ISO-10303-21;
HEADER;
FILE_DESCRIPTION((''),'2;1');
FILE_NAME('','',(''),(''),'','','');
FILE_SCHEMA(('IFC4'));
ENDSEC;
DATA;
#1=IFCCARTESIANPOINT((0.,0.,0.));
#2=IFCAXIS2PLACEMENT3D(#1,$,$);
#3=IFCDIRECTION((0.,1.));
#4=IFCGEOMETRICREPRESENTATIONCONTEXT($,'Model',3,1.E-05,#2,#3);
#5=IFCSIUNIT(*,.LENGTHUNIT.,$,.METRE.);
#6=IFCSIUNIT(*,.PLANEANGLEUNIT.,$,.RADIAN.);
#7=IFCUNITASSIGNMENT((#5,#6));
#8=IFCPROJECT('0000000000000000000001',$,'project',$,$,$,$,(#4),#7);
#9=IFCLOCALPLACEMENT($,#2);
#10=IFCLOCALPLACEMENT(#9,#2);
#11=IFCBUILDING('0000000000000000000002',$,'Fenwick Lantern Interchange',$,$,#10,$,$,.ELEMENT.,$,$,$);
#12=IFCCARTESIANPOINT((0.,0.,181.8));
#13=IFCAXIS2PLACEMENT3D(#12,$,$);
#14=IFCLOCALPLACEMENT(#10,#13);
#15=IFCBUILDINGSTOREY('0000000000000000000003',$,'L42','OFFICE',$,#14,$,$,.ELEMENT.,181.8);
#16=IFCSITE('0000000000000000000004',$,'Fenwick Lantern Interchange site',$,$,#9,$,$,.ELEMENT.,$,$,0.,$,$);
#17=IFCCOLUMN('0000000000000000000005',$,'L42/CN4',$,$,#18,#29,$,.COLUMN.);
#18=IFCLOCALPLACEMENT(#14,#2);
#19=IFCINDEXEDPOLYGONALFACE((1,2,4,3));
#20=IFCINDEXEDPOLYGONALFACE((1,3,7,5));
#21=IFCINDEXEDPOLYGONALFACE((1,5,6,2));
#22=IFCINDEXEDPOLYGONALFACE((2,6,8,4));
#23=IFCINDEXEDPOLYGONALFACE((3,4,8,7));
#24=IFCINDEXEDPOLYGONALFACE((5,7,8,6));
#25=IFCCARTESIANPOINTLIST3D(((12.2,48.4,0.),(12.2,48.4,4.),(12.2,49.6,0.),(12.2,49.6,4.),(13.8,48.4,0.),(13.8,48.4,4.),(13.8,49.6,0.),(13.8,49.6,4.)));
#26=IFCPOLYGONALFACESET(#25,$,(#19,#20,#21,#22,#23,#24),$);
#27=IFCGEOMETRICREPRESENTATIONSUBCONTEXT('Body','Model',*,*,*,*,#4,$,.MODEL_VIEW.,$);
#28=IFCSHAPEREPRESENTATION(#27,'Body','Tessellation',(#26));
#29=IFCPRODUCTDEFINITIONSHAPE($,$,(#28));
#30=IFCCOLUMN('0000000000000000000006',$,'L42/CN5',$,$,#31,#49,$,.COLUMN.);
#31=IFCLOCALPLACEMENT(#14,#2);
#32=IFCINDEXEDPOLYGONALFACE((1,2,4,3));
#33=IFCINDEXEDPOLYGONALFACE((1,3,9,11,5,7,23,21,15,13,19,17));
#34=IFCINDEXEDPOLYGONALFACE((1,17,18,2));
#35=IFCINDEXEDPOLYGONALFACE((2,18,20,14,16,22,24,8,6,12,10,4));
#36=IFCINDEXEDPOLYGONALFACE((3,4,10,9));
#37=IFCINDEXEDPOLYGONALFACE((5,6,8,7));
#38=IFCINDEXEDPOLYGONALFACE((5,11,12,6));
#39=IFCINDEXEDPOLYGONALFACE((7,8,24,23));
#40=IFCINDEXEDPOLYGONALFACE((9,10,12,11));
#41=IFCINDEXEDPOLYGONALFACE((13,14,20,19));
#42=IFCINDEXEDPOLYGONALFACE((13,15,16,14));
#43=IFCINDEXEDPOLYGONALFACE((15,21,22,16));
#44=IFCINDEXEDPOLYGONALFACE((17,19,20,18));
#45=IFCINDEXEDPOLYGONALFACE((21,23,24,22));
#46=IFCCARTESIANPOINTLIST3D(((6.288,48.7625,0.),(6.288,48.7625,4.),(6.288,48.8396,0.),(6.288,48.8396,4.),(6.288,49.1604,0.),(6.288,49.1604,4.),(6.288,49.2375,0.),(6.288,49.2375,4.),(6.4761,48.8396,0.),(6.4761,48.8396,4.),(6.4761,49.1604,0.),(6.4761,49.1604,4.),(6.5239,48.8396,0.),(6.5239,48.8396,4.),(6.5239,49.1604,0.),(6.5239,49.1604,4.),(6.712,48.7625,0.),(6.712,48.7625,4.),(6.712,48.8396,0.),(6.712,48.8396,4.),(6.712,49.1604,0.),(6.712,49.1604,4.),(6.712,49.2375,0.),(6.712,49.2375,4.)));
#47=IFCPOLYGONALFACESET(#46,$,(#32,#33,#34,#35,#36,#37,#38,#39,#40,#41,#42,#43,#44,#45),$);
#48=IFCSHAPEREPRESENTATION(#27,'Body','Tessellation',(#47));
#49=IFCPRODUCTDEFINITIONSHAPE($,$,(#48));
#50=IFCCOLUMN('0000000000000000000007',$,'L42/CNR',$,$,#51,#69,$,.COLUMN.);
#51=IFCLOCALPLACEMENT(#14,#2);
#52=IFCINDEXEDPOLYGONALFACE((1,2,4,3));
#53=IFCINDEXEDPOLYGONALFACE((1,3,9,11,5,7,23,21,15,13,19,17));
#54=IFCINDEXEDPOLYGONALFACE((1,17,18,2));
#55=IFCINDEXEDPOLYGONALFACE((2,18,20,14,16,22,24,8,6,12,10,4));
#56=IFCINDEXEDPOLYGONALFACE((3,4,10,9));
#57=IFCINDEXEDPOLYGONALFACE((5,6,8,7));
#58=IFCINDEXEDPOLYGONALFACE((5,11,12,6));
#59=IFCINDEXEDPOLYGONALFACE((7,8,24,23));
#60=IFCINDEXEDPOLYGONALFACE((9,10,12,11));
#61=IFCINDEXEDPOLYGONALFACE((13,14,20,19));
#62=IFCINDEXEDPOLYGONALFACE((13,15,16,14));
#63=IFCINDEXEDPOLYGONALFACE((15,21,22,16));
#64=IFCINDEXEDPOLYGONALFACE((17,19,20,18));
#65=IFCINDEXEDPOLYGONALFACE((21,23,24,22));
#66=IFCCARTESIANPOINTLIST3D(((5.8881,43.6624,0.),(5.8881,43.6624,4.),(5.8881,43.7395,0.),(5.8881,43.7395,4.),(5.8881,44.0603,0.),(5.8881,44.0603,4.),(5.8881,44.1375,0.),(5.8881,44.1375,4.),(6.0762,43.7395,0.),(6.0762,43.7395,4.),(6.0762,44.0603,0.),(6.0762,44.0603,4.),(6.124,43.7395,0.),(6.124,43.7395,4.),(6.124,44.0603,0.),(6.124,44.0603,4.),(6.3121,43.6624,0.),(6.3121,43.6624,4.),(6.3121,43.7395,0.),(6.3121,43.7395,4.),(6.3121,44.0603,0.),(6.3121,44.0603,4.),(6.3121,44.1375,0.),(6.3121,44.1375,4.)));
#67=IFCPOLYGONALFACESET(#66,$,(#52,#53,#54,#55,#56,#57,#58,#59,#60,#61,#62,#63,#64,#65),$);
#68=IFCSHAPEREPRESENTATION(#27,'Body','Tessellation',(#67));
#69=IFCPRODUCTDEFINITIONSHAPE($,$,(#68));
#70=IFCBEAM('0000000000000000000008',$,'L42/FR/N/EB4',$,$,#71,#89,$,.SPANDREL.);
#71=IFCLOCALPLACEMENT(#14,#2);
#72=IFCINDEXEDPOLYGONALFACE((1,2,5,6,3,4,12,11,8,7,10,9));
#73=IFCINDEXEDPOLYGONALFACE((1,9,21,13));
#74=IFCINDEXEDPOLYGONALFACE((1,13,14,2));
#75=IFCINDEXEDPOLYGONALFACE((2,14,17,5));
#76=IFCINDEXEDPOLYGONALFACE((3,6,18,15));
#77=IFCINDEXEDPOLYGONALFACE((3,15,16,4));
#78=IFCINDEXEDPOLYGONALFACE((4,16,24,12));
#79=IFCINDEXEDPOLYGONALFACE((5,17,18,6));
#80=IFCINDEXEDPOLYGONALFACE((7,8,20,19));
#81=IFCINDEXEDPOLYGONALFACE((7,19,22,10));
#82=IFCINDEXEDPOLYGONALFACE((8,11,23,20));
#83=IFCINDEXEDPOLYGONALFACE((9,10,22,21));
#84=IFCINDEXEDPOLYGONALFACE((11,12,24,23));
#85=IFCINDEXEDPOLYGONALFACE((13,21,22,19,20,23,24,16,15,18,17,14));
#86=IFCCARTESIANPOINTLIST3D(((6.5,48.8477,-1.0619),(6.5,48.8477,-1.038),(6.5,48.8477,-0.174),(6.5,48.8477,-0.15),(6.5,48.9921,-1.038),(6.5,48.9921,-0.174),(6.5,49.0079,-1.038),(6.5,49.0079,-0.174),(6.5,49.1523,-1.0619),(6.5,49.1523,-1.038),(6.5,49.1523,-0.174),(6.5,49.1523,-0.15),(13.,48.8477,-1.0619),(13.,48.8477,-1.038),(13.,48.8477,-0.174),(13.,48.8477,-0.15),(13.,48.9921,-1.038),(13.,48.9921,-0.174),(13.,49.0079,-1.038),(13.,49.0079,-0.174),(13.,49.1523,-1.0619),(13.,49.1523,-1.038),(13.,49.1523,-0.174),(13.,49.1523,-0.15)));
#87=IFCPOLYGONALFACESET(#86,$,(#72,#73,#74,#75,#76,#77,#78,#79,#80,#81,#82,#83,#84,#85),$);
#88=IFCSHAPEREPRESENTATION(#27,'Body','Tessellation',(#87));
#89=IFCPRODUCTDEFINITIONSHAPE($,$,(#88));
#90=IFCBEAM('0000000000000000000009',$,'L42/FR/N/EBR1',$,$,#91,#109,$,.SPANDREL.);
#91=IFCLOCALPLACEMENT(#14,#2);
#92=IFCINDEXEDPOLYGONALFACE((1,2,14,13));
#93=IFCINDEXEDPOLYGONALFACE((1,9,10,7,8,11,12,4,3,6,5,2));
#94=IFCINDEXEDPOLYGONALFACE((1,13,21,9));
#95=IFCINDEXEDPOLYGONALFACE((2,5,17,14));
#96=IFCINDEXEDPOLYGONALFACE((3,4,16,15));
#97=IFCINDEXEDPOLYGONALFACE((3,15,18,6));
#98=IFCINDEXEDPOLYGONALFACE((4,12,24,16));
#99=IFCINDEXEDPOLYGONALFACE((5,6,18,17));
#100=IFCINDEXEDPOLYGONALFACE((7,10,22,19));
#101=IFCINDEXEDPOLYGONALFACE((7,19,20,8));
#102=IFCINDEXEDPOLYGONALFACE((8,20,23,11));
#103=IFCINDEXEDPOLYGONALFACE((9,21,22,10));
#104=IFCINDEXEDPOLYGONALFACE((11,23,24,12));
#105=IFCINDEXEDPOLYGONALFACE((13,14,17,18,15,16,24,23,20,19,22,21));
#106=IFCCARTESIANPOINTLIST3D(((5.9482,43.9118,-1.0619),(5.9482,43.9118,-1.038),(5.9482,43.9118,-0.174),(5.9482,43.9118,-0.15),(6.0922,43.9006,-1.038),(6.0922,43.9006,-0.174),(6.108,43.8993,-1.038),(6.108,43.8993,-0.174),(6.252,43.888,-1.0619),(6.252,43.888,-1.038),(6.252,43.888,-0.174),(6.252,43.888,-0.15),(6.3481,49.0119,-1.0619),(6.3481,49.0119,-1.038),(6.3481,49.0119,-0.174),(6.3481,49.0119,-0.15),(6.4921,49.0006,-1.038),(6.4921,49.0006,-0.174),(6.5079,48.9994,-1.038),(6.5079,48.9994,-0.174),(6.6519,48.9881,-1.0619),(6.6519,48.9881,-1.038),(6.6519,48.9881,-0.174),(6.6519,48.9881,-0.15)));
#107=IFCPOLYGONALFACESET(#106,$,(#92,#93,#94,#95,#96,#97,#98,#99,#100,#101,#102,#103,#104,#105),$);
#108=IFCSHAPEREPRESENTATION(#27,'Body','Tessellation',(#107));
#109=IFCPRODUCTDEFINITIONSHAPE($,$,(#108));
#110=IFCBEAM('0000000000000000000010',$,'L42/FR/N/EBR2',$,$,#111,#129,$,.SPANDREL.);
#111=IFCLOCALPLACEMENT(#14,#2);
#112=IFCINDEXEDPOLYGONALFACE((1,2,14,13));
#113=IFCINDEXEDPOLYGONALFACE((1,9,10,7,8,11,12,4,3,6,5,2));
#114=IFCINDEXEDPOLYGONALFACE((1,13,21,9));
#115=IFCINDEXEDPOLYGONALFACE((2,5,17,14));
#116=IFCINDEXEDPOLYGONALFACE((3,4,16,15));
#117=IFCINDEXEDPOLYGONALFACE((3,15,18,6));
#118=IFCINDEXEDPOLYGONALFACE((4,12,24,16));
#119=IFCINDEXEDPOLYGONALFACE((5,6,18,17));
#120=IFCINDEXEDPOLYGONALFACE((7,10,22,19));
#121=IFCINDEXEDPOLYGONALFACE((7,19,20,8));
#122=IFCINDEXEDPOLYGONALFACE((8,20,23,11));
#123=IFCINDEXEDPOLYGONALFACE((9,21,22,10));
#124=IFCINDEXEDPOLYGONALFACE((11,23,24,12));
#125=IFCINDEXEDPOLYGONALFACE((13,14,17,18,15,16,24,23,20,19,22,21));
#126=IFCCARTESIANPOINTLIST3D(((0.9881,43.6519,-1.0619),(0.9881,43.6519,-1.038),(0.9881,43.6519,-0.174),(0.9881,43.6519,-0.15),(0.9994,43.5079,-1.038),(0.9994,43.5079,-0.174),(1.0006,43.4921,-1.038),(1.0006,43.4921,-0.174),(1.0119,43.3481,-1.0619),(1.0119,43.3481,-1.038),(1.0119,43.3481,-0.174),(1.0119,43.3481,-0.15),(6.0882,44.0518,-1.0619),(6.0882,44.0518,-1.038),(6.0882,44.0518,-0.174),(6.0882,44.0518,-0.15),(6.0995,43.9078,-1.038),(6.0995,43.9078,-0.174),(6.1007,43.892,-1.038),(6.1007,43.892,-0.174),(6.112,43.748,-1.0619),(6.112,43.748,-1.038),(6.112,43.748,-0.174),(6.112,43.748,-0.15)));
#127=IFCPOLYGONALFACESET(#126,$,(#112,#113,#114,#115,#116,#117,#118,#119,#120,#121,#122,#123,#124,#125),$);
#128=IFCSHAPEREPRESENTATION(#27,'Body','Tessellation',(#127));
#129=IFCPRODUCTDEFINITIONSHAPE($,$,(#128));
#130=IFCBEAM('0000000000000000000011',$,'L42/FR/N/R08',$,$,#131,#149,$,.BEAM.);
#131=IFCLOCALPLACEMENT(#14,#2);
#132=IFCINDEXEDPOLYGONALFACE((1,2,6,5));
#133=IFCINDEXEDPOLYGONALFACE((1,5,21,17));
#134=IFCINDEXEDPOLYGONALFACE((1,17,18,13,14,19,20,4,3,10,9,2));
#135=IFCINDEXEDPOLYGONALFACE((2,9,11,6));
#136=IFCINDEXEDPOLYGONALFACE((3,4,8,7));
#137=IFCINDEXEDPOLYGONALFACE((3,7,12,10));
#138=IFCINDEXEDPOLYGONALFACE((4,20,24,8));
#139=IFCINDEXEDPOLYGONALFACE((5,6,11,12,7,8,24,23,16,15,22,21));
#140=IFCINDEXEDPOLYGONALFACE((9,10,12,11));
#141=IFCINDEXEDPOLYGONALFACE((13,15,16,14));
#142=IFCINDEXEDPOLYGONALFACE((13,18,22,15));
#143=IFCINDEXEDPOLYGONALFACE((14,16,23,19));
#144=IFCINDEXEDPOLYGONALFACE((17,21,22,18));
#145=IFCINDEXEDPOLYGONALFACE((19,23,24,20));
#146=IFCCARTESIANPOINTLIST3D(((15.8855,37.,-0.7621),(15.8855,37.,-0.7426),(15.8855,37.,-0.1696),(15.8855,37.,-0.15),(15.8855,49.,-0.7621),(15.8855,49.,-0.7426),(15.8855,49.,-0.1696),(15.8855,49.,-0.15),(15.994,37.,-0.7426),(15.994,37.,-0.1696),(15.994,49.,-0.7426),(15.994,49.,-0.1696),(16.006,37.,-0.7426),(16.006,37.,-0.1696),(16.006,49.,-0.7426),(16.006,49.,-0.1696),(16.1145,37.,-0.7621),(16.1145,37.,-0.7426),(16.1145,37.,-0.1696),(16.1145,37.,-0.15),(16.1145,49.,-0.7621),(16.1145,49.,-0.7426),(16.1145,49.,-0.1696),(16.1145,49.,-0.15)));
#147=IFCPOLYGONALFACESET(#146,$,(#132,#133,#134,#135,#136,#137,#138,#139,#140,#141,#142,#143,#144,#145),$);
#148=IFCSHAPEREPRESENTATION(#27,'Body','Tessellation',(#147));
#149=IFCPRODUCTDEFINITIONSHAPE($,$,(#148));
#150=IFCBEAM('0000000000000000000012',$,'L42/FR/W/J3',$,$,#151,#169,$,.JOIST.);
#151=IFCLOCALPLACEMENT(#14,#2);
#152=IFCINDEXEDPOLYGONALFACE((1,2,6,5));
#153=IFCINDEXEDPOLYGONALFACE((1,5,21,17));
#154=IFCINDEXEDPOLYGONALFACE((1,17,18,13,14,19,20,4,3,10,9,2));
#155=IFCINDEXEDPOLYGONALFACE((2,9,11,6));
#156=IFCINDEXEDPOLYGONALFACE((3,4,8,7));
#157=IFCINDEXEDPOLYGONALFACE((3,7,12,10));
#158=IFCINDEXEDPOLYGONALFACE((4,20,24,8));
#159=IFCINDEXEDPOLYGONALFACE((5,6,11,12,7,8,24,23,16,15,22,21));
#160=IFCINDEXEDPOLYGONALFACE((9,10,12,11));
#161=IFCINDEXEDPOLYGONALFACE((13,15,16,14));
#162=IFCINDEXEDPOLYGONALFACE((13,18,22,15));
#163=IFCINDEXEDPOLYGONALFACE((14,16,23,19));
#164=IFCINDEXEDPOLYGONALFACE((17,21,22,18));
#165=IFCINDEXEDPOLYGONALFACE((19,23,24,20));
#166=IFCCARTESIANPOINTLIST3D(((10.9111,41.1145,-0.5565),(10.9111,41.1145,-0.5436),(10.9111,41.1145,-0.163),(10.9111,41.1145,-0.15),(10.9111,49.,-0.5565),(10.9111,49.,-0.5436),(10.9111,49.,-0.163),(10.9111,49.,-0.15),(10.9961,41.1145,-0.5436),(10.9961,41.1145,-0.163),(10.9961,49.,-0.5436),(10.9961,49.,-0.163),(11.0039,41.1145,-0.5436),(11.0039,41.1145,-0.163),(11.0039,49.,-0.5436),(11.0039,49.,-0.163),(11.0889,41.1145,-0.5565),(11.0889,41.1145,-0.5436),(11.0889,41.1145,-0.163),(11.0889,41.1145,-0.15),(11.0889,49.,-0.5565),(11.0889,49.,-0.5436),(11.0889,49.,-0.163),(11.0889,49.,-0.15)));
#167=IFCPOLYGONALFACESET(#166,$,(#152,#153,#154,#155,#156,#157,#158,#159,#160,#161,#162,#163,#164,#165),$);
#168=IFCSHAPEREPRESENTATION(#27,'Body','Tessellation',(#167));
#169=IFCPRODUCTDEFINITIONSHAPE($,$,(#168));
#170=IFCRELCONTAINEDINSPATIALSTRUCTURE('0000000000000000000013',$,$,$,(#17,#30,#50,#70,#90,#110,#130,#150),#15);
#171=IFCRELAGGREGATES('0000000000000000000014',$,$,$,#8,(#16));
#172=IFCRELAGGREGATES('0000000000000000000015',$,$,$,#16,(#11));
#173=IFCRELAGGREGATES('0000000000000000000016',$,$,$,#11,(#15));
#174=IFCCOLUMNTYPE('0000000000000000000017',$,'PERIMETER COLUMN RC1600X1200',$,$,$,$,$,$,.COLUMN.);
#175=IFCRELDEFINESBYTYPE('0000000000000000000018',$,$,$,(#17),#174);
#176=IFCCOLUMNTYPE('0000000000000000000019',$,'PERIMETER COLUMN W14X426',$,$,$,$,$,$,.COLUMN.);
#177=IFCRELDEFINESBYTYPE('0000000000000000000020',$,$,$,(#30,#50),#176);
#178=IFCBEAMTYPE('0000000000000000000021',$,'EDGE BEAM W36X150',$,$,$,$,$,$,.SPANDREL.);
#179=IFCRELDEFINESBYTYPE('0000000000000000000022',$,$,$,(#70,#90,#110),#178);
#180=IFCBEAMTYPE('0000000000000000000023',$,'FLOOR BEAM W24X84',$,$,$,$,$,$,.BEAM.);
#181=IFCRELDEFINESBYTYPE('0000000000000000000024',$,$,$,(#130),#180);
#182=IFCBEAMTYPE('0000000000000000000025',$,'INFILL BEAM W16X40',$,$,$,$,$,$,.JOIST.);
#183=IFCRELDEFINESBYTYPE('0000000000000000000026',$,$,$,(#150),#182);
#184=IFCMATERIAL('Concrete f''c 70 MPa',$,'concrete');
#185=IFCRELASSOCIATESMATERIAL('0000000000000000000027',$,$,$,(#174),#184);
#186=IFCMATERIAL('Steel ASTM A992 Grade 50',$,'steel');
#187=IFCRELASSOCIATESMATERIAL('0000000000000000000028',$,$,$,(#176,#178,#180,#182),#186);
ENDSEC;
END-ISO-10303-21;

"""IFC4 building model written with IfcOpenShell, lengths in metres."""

from ifc_helpers import new_model, si_unit, direction, frame, origin, origin_2d, place, context, subcontext, project, spatial, rectangle, i_section, extrude, material, material_profile, profile_set, type_object, element, save


model = new_model("IFC4")

# Units and contexts
model_context = context("Model", 3, precision=1e-05, world=origin(), true_north=direction((0.0, 1.0)))
body_context = subcontext(model_context, "Body", "Model", "MODEL_VIEW")
ifc_project = project(units=[si_unit("LENGTHUNIT", "METRE"), si_unit("PLANEANGLEUNIT", "RADIAN")], contexts=[model_context])

# Site, building, storey
site_placement = place(None, origin())
site = spatial("IfcSite", under=ifc_project, at=site_placement, Name="Fenwick Lantern Interchange site", CompositionType="ELEMENT", RefElevation=0.0)
building_placement = place(site_placement, origin())
building = spatial("IfcBuilding", under=site, at=building_placement, Name="Fenwick Lantern Interchange", CompositionType="ELEMENT")
storey_placement = place(building_placement, frame((0.0, 0.0, 181.8)))
storey = spatial("IfcBuildingStorey", under=building, at=storey_placement, Name="L42", Description="OFFICE", CompositionType="ELEMENT", Elevation=181.8)

# Columns
ifc_material_1 = material(Name="Concrete f'c 70 MPa", Category="concrete")
ifc_material_profile_1 = material_profile(ifc_material_1, rectangle(XDim=1.6001, YDim=1.2, at=origin_2d()), Name="RC1600X1200")
ifc_profile_set_1 = profile_set([ifc_material_profile_1], Name="Concrete f'c 70 MPa")
column_type_1 = type_object("IfcColumnType", Name="PERIMETER COLUMN RC1600X1200", PredefinedType="COLUMN", material=ifc_profile_set_1)
column_placement = place(storey_placement, frame((13.0, 49.0, 0.0), z_axis=(0.0, 0.0, 1.0), x_axis=(1.0, 0.0, 0.0)))
element("IfcColumn", 1, at=column_placement, inside=storey, type_object=column_type_1, Name="L42/CN4", PredefinedType="COLUMN", context=body_context, shape_type="SweptSolid", body=[
    extrude(rectangle(XDim=1.6001, YDim=1.2, at=origin_2d()), origin(), (0.0, 0.0, 1.0), 4.0),
])
ifc_material_2 = material(Name="Steel ASTM A992 Grade 50", Category="steel")
ifc_material_profile_2 = material_profile(ifc_material_2, i_section(OverallWidth=0.4241, OverallDepth=0.4751, WebThickness=0.0479, FlangeThickness=0.0771, at=origin_2d()), Name="W14X426")
ifc_profile_set_2 = profile_set([ifc_material_profile_2], Name="Steel ASTM A992 Grade 50")
column_type_2 = type_object("IfcColumnType", Name="PERIMETER COLUMN W14X426", PredefinedType="COLUMN", material=ifc_profile_set_2)
for number, where, z_axis, x_axis, name in (
    (2, (6.5, 49.0, 0.0), (0.0, 0.0, 1.0), (1.0, 0.0, 0.0), "L42/CN5"),
    (3, (6.1001, 43.8999, 0.0), (0.0, 0.0, 1.0), (1.0, 0.0, 0.0), "L42/CNR"),
):
    element("IfcColumn", number, at=place(storey_placement, frame(where, z_axis=z_axis, x_axis=x_axis)), inside=storey, type_object=column_type_2, Name=name, PredefinedType="COLUMN", context=body_context, shape_type="SweptSolid", body=[
        extrude(i_section(OverallWidth=0.4241, OverallDepth=0.4751, WebThickness=0.0479, FlangeThickness=0.0771, at=origin_2d()), origin(), (0.0, 0.0, 1.0), 4.0),
    ])

# Beams
ifc_material_profile_3 = material_profile(ifc_material_2, i_section(OverallWidth=0.3047, OverallDepth=0.9119, WebThickness=0.0159, FlangeThickness=0.0239, at=origin_2d()), Name="W36X150")
ifc_profile_set_3 = profile_set([ifc_material_profile_3], Name="Steel ASTM A992 Grade 50")
beam_type_1 = type_object("IfcBeamType", Name="EDGE BEAM W36X150", PredefinedType="SPANDREL", material=ifc_profile_set_3)
beam_1_placement = place(storey_placement, frame((13.0, 49.0, -0.606), z_axis=(-1.0, 0.0, 0.0), x_axis=(0.0, -1.0, 0.0)))
element("IfcBeam", 4, at=beam_1_placement, inside=storey, type_object=beam_type_1, Name="L42/FR/N/EB4", PredefinedType="SPANDREL", context=body_context, shape_type="SweptSolid", body=[
    extrude(i_section(OverallWidth=0.3047, OverallDepth=0.9119, WebThickness=0.0159, FlangeThickness=0.0239, at=origin_2d()), origin(), (0.0, 0.0, 1.0), 6.5),
])
for number, where, z_axis, x_axis, name in (
    (5, (6.5, 49.0, -0.606), (-0.078171, -0.99694, 0.0), (0.99694, -0.078171, 0.0), "L42/FR/N/EBR1"),
    (6, (6.1001, 43.8999, -0.606), (-0.99694, -0.078171, 0.0), (0.078171, -0.99694, 0.0), "L42/FR/N/EBR2"),
):
    element("IfcBeam", number, at=place(storey_placement, frame(where, z_axis=z_axis, x_axis=x_axis)), inside=storey, type_object=beam_type_1, Name=name, PredefinedType="SPANDREL", context=body_context, shape_type="SweptSolid", body=[
        extrude(i_section(OverallWidth=0.3047, OverallDepth=0.9119, WebThickness=0.0159, FlangeThickness=0.0239, at=origin_2d()), origin(), (0.0, 0.0, 1.0), 5.1157),
    ])
ifc_material_profile_4 = material_profile(ifc_material_2, i_section(OverallWidth=0.229, OverallDepth=0.6121, WebThickness=0.012, FlangeThickness=0.0195, at=origin_2d()), Name="W24X84")
ifc_profile_set_4 = profile_set([ifc_material_profile_4], Name="Steel ASTM A992 Grade 50")
beam_type_2 = type_object("IfcBeamType", Name="FLOOR BEAM W24X84", PredefinedType="BEAM", material=ifc_profile_set_4)
beam_2_placement = place(storey_placement, frame((16.0, 49.0, -0.4561), z_axis=(0.0, -1.0, 0.0), x_axis=(1.0, 0.0, 0.0)))
element("IfcBeam", 7, at=beam_2_placement, inside=storey, type_object=beam_type_2, Name="L42/FR/N/R08", PredefinedType="BEAM", context=body_context, shape_type="SweptSolid", body=[
    extrude(i_section(OverallWidth=0.229, OverallDepth=0.6121, WebThickness=0.012, FlangeThickness=0.0195, at=origin_2d()), origin(), (0.0, 0.0, 1.0), 12.0),
])
ifc_material_profile_5 = material_profile(ifc_material_2, i_section(OverallWidth=0.1777, OverallDepth=0.4065, WebThickness=0.0078, FlangeThickness=0.0129, at=origin_2d()), Name="W16X40")
ifc_profile_set_5 = profile_set([ifc_material_profile_5], Name="Steel ASTM A992 Grade 50")
beam_type_3 = type_object("IfcBeamType", Name="INFILL BEAM W16X40", PredefinedType="JOIST", material=ifc_profile_set_5)
beam_3_placement = place(storey_placement, frame((11.0, 49.0, -0.3533), z_axis=(0.0, -1.0, 0.0), x_axis=(1.0, 0.0, 0.0)))
element("IfcBeam", 8, at=beam_3_placement, inside=storey, type_object=beam_type_3, Name="L42/FR/W/J3", PredefinedType="JOIST", context=body_context, shape_type="SweptSolid", body=[
    extrude(i_section(OverallWidth=0.1777, OverallDepth=0.4065, WebThickness=0.0078, FlangeThickness=0.0129, at=origin_2d()), origin(), (0.0, 0.0, 1.0), 7.8855),
])

save(model, "model.ifc")
